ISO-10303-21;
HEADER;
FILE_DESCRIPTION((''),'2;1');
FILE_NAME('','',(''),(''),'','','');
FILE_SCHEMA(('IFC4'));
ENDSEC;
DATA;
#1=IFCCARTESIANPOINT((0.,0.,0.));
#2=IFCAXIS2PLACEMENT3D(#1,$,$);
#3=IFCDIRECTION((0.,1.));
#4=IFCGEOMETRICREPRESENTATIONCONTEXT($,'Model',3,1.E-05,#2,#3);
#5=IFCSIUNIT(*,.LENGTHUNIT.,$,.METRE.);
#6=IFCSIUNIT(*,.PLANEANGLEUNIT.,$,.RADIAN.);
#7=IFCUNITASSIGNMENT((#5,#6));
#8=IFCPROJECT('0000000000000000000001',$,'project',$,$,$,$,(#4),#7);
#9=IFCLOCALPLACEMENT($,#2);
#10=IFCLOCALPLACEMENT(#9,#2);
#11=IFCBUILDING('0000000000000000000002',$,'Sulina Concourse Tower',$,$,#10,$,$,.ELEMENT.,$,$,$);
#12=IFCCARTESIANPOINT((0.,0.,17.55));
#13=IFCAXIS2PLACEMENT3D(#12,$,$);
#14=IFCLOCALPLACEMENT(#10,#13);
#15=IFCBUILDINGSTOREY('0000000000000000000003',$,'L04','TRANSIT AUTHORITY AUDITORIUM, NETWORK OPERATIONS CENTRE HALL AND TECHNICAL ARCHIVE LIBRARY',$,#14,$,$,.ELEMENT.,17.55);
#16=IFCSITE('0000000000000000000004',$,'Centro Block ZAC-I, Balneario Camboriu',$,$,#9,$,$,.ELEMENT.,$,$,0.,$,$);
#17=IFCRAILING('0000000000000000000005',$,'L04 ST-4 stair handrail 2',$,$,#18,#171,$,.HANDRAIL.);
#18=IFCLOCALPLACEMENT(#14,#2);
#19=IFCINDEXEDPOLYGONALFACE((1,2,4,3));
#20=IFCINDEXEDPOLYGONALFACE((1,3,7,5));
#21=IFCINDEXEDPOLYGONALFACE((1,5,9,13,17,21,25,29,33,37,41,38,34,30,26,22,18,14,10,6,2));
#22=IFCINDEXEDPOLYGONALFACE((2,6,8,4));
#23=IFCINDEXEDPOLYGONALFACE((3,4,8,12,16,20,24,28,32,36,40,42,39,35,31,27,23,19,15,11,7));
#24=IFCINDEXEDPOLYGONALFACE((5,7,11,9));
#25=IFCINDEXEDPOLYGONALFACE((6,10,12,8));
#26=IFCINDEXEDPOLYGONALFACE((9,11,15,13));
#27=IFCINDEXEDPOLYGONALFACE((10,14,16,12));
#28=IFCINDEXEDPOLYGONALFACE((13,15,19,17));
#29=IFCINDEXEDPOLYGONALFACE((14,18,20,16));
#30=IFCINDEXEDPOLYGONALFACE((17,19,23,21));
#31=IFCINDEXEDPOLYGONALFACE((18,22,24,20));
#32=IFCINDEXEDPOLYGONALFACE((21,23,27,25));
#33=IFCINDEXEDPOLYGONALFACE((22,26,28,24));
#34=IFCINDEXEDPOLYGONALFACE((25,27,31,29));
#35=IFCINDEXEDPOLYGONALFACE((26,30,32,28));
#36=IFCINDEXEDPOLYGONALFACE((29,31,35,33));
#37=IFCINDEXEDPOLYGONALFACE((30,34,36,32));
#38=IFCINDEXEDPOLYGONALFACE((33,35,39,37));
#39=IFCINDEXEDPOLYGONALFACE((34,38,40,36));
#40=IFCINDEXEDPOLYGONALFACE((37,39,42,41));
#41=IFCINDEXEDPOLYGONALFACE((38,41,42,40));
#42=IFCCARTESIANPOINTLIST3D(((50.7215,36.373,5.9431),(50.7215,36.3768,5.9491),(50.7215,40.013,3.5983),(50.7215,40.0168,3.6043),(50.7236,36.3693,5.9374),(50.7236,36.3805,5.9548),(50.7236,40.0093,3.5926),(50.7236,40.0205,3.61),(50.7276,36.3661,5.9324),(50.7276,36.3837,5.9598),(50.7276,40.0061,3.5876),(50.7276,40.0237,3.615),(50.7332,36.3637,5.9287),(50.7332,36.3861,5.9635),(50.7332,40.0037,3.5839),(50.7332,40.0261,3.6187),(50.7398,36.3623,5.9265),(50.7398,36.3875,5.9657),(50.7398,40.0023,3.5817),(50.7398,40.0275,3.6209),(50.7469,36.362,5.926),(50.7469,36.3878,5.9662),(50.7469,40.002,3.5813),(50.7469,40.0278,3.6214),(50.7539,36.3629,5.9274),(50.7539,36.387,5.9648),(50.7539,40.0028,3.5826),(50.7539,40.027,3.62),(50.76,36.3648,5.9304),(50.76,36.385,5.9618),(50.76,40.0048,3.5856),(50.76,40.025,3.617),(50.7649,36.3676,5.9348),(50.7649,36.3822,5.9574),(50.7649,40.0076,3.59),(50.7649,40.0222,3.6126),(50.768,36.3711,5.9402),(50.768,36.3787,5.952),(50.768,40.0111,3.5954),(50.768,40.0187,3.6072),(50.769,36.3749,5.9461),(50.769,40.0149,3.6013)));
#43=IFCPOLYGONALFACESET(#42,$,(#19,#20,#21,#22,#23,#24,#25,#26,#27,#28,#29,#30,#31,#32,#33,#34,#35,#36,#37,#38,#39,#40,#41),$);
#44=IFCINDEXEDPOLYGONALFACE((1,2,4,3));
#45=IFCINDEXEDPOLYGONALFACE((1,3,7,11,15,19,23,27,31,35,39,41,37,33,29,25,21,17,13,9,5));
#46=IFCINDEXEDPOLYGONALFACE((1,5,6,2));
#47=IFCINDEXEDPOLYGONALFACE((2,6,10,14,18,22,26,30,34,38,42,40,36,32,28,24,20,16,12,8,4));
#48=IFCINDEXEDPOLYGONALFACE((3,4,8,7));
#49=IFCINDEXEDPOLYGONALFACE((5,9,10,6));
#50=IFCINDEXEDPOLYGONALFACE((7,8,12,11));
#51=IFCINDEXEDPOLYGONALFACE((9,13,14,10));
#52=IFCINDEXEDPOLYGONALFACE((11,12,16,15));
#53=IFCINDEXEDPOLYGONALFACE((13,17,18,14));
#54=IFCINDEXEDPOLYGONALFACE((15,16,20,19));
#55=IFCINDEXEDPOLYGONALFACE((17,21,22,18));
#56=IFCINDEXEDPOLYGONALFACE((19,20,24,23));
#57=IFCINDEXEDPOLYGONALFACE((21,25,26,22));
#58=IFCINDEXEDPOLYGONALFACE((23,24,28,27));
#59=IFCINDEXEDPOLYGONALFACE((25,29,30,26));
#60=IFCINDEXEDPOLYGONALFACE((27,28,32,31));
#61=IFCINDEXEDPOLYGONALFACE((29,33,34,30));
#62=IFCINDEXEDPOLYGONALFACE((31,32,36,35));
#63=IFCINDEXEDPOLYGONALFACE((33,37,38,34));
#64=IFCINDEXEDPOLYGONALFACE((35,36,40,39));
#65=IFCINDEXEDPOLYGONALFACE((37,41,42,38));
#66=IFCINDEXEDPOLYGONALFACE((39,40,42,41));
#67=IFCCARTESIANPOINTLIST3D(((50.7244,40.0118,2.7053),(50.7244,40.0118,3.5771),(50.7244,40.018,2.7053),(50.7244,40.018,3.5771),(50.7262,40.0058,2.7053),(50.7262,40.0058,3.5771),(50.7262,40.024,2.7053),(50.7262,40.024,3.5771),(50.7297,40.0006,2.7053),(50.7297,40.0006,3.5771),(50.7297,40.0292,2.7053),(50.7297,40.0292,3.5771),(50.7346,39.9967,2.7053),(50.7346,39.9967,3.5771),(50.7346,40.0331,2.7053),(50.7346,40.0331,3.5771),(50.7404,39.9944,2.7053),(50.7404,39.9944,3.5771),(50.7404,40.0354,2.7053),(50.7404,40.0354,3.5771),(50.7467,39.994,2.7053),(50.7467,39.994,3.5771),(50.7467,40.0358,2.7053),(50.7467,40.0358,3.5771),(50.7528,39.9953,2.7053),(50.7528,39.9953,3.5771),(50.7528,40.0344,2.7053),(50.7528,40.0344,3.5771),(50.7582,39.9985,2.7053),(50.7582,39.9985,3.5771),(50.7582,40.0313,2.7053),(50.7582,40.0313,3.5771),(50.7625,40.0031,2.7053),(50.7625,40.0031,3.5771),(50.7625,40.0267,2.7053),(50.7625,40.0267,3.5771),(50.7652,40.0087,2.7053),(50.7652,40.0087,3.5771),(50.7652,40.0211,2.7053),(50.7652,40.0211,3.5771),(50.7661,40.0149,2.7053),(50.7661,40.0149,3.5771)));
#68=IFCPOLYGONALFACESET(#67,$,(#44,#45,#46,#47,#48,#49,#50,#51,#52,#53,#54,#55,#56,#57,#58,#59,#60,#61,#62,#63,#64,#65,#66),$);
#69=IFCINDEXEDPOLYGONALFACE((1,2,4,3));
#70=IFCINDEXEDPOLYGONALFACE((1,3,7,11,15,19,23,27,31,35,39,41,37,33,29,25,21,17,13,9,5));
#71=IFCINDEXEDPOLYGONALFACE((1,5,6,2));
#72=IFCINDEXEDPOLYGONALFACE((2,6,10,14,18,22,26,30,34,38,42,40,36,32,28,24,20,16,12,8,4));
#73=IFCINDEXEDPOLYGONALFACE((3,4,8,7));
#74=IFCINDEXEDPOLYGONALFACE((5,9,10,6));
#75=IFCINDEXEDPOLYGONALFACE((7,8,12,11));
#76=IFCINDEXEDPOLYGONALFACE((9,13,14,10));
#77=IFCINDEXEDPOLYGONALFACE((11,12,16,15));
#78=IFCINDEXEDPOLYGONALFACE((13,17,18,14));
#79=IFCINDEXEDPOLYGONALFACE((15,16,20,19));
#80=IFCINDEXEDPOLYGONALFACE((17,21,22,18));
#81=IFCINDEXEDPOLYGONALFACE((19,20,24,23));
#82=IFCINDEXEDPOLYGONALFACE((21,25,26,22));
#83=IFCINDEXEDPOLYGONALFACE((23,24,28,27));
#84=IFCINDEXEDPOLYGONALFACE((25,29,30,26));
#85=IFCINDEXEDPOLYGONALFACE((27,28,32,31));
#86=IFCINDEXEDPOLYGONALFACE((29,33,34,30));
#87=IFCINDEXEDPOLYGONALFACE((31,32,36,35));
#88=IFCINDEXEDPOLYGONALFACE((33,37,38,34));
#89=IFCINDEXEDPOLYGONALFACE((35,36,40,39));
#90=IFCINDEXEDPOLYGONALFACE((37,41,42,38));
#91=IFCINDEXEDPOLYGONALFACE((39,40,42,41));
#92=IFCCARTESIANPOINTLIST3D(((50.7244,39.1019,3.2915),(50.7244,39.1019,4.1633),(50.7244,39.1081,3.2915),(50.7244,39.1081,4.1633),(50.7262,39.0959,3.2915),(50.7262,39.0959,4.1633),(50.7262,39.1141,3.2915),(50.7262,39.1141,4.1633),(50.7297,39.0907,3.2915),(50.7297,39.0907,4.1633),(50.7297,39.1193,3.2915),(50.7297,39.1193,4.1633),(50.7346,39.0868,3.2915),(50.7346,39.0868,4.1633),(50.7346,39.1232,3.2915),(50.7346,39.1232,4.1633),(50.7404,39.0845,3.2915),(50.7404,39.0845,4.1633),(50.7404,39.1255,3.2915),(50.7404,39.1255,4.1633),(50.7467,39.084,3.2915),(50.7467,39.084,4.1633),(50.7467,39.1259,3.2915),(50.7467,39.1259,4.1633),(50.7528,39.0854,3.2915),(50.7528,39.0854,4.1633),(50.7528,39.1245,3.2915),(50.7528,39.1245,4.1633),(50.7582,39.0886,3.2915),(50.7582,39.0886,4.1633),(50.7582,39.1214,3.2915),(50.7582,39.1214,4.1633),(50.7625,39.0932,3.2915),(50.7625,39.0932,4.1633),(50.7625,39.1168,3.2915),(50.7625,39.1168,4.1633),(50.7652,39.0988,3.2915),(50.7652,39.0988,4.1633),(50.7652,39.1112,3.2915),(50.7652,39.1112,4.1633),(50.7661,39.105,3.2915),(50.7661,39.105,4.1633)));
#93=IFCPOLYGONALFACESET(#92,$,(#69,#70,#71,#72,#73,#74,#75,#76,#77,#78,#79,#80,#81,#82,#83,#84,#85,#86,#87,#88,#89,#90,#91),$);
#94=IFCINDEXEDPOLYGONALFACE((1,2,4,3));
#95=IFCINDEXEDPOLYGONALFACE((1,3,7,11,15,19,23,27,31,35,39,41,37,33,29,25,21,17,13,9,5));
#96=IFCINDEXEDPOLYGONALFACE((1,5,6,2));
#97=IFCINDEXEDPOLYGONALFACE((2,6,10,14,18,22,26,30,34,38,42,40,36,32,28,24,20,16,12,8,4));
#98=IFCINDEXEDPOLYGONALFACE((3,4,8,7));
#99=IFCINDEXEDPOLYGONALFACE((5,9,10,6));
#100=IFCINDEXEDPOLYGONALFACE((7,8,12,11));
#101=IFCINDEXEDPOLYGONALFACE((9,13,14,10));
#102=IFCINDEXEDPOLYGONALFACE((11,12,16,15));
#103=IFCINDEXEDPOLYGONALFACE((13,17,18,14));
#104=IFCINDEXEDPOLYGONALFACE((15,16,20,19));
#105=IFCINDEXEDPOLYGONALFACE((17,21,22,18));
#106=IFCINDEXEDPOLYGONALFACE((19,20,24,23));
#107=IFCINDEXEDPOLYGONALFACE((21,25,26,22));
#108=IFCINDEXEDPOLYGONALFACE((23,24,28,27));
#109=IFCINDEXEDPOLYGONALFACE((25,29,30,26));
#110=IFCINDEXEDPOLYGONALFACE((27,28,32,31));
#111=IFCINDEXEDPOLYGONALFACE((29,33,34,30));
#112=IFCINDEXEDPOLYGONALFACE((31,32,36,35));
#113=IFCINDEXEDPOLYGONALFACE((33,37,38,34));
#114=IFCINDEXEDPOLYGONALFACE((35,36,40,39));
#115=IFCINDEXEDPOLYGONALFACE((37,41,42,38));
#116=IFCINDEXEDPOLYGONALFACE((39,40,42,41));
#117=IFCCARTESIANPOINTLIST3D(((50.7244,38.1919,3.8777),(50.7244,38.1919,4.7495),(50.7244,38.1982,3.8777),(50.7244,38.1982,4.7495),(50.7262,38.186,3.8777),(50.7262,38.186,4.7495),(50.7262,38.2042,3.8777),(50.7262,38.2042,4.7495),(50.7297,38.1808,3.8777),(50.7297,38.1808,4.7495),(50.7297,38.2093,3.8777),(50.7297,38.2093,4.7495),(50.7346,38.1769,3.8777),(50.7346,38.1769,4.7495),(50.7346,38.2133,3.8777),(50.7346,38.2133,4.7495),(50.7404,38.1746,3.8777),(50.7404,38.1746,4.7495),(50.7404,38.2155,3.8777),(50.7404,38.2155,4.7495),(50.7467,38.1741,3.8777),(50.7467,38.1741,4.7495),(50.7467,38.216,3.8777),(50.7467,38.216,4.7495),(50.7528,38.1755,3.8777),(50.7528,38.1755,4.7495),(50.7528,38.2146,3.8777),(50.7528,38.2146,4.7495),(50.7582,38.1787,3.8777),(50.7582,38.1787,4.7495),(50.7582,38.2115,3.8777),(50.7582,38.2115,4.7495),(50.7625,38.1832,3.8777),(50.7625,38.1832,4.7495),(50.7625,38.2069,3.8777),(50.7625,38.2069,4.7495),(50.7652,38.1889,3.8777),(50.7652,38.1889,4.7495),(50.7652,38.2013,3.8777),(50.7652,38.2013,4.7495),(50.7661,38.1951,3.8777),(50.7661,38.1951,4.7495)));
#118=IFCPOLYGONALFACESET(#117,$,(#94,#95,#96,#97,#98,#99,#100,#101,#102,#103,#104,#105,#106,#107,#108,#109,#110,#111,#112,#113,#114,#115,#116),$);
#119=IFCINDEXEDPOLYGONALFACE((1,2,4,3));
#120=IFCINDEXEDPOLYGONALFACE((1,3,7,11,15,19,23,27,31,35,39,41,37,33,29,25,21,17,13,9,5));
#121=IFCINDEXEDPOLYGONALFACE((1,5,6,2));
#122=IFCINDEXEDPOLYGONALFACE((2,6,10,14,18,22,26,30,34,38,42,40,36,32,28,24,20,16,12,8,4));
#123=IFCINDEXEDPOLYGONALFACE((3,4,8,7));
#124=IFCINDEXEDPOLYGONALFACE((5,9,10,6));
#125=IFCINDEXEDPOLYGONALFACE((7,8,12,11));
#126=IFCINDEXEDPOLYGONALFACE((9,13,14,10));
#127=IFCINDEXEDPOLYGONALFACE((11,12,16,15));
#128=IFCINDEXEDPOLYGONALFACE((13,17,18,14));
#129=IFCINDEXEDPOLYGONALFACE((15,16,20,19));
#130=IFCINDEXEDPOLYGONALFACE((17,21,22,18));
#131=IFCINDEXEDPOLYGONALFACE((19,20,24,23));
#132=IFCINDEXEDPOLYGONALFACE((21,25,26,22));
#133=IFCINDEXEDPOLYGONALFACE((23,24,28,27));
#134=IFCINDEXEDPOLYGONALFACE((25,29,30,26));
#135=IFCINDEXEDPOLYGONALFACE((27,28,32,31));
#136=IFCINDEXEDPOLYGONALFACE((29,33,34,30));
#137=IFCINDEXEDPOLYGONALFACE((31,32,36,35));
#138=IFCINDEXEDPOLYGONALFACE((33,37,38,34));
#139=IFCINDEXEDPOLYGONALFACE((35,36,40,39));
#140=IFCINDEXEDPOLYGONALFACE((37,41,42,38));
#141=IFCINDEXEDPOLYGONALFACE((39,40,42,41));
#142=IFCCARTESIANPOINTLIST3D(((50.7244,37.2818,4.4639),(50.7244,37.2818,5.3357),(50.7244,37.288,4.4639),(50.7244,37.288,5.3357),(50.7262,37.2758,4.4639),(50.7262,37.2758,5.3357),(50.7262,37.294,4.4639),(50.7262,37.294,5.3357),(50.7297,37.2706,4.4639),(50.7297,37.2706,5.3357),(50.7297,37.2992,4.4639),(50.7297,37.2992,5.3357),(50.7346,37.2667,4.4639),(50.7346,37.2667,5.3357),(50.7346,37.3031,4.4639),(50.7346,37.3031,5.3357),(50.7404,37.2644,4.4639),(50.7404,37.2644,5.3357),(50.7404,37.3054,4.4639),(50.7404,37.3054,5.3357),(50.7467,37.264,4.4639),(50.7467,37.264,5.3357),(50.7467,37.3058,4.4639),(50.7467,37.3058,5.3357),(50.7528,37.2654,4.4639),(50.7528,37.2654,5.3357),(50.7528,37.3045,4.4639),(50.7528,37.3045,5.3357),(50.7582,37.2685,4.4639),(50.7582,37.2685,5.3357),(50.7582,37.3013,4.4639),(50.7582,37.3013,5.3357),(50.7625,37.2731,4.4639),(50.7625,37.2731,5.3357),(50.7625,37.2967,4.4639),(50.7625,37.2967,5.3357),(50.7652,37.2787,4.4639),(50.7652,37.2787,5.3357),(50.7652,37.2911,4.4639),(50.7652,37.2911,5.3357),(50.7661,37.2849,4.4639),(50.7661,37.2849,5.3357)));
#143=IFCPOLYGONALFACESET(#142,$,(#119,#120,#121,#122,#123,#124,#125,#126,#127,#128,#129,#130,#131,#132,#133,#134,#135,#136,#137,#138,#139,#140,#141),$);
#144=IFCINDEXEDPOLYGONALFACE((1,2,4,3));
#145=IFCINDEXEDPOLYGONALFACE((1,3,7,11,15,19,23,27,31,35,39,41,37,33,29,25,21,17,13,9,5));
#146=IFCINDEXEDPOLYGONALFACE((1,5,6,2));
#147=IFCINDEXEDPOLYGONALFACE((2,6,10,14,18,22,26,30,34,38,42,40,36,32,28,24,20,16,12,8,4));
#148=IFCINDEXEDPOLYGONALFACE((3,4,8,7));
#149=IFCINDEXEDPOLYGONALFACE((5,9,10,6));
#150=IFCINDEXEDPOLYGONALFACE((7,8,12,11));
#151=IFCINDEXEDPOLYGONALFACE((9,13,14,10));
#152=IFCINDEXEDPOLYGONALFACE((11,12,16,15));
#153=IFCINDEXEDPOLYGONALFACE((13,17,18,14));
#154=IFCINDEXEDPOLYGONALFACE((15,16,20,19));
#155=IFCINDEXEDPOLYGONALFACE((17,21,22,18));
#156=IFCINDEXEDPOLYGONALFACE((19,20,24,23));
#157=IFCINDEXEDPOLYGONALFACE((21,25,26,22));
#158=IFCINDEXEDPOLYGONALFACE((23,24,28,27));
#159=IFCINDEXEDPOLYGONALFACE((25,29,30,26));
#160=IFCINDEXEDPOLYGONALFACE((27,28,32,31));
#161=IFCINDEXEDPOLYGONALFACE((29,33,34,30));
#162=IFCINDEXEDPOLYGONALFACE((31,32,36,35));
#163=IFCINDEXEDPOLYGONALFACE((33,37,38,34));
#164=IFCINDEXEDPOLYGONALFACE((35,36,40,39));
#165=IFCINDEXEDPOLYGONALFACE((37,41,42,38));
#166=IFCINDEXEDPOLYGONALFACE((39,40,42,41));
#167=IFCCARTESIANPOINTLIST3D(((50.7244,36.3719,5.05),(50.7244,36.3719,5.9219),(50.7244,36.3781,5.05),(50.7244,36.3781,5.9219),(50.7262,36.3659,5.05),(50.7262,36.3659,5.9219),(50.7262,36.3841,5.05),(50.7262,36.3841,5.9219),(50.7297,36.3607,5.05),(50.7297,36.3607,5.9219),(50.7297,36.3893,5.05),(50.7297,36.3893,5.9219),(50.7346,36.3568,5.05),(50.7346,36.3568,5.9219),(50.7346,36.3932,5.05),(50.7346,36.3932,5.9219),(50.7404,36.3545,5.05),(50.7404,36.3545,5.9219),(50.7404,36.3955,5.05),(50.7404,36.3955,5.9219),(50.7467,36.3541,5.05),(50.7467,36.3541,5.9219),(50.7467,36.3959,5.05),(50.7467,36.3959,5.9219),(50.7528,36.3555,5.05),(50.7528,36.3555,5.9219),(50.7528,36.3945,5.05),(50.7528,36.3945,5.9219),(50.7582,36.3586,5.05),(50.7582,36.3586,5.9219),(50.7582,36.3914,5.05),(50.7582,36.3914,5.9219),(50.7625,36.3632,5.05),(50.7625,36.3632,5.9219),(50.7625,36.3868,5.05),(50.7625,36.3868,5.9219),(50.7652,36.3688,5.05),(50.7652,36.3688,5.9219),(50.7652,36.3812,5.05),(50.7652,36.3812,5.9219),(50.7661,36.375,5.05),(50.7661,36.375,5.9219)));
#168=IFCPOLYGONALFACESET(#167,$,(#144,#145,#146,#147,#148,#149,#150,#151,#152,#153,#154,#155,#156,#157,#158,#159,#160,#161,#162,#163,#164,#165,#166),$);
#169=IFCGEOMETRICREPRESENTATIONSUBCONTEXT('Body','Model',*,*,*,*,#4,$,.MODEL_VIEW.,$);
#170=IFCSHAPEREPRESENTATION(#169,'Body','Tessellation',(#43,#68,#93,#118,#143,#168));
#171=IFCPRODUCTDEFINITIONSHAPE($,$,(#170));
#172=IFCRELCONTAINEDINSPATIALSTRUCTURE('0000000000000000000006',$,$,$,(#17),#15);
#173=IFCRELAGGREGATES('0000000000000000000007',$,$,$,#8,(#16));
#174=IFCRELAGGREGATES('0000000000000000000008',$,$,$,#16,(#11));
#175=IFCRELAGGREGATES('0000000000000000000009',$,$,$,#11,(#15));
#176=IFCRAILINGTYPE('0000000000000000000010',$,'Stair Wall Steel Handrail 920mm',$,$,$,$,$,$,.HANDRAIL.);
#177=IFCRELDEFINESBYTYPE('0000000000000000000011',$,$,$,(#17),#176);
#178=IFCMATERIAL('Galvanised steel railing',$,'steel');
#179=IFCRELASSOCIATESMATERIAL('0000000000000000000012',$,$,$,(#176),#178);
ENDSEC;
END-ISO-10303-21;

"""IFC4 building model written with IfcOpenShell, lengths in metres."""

from ifc_helpers import new_model, si_unit, direction, frame, origin, origin_2d, place, context, subcontext, project, spatial, circle, extrude, material, type_object, element, save


model = new_model("IFC4")

# Units and contexts
model_context = context("Model", 3, precision=1e-05, world=origin(), true_north=direction((0.0, 1.0)))
body_context = subcontext(model_context, "Body", "Model", "MODEL_VIEW")
ifc_project = project(units=[si_unit("LENGTHUNIT", "METRE"), si_unit("PLANEANGLEUNIT", "RADIAN")], contexts=[model_context])

# Site, building, storey
site_placement = place(None, origin())
site = spatial("IfcSite", under=ifc_project, at=site_placement, Name="Centro Block ZAC-I, Balneario Camboriu", CompositionType="ELEMENT", RefElevation=0.0)
building_placement = place(site_placement, origin())
building = spatial("IfcBuilding", under=site, at=building_placement, Name="Sulina Concourse Tower", CompositionType="ELEMENT")
storey_placement = place(building_placement, frame((0.0, 0.0, 17.55)))
storey = spatial("IfcBuildingStorey", under=building, at=storey_placement, Name="L04", Description="TRANSIT AUTHORITY AUDITORIUM, NETWORK OPERATIONS CENTRE HALL AND TECHNICAL ARCHIVE LIBRARY", CompositionType="ELEMENT", Elevation=17.55)

# Railing
ifc_material_1 = material(Name="Galvanised steel railing", Category="steel")
railing_type_1 = type_object("IfcRailingType", Name="Stair Wall Steel Handrail 920mm", PredefinedType="HANDRAIL", material=ifc_material_1)
railing_1_placement = place(storey_placement, frame((50.7451, 40.0149, 2.7053)))
element("IfcRailing", 1, at=railing_1_placement, inside=storey, type_object=railing_type_1, Name="L04 ST-4 stair handrail 2", PredefinedType="HANDRAIL", context=body_context, shape_type="SweptSolid", body=[
    extrude(circle(Radius=0.0239, at=origin_2d()), frame((0.0, 0.0, 0.896), z_axis=(0.0, -0.840674, 0.541541), x_axis=(1.0, 0.0, 0.0)), (0.0, 0.0, 1.0), 4.3298),
    extrude(circle(Radius=0.021, at=origin_2d()), origin(), (0.0, 0.0, 1.0), 0.8718),
    extrude(circle(Radius=0.021, at=origin_2d()), frame((0.0, -0.9099, 0.5862)), (0.0, 0.0, 1.0), 0.8718),
    extrude(circle(Radius=0.021, at=origin_2d()), frame((0.0, -1.8198, 1.1724)), (0.0, 0.0, 1.0), 0.8718),
    extrude(circle(Radius=0.021, at=origin_2d()), frame((0.0, -2.73, 1.7585)), (0.0, 0.0, 1.0), 0.8718),
    extrude(circle(Radius=0.021, at=origin_2d()), frame((0.0, -3.6399, 2.3447)), (0.0, 0.0, 1.0), 0.8718),
])

save(model, "model.ifc")
